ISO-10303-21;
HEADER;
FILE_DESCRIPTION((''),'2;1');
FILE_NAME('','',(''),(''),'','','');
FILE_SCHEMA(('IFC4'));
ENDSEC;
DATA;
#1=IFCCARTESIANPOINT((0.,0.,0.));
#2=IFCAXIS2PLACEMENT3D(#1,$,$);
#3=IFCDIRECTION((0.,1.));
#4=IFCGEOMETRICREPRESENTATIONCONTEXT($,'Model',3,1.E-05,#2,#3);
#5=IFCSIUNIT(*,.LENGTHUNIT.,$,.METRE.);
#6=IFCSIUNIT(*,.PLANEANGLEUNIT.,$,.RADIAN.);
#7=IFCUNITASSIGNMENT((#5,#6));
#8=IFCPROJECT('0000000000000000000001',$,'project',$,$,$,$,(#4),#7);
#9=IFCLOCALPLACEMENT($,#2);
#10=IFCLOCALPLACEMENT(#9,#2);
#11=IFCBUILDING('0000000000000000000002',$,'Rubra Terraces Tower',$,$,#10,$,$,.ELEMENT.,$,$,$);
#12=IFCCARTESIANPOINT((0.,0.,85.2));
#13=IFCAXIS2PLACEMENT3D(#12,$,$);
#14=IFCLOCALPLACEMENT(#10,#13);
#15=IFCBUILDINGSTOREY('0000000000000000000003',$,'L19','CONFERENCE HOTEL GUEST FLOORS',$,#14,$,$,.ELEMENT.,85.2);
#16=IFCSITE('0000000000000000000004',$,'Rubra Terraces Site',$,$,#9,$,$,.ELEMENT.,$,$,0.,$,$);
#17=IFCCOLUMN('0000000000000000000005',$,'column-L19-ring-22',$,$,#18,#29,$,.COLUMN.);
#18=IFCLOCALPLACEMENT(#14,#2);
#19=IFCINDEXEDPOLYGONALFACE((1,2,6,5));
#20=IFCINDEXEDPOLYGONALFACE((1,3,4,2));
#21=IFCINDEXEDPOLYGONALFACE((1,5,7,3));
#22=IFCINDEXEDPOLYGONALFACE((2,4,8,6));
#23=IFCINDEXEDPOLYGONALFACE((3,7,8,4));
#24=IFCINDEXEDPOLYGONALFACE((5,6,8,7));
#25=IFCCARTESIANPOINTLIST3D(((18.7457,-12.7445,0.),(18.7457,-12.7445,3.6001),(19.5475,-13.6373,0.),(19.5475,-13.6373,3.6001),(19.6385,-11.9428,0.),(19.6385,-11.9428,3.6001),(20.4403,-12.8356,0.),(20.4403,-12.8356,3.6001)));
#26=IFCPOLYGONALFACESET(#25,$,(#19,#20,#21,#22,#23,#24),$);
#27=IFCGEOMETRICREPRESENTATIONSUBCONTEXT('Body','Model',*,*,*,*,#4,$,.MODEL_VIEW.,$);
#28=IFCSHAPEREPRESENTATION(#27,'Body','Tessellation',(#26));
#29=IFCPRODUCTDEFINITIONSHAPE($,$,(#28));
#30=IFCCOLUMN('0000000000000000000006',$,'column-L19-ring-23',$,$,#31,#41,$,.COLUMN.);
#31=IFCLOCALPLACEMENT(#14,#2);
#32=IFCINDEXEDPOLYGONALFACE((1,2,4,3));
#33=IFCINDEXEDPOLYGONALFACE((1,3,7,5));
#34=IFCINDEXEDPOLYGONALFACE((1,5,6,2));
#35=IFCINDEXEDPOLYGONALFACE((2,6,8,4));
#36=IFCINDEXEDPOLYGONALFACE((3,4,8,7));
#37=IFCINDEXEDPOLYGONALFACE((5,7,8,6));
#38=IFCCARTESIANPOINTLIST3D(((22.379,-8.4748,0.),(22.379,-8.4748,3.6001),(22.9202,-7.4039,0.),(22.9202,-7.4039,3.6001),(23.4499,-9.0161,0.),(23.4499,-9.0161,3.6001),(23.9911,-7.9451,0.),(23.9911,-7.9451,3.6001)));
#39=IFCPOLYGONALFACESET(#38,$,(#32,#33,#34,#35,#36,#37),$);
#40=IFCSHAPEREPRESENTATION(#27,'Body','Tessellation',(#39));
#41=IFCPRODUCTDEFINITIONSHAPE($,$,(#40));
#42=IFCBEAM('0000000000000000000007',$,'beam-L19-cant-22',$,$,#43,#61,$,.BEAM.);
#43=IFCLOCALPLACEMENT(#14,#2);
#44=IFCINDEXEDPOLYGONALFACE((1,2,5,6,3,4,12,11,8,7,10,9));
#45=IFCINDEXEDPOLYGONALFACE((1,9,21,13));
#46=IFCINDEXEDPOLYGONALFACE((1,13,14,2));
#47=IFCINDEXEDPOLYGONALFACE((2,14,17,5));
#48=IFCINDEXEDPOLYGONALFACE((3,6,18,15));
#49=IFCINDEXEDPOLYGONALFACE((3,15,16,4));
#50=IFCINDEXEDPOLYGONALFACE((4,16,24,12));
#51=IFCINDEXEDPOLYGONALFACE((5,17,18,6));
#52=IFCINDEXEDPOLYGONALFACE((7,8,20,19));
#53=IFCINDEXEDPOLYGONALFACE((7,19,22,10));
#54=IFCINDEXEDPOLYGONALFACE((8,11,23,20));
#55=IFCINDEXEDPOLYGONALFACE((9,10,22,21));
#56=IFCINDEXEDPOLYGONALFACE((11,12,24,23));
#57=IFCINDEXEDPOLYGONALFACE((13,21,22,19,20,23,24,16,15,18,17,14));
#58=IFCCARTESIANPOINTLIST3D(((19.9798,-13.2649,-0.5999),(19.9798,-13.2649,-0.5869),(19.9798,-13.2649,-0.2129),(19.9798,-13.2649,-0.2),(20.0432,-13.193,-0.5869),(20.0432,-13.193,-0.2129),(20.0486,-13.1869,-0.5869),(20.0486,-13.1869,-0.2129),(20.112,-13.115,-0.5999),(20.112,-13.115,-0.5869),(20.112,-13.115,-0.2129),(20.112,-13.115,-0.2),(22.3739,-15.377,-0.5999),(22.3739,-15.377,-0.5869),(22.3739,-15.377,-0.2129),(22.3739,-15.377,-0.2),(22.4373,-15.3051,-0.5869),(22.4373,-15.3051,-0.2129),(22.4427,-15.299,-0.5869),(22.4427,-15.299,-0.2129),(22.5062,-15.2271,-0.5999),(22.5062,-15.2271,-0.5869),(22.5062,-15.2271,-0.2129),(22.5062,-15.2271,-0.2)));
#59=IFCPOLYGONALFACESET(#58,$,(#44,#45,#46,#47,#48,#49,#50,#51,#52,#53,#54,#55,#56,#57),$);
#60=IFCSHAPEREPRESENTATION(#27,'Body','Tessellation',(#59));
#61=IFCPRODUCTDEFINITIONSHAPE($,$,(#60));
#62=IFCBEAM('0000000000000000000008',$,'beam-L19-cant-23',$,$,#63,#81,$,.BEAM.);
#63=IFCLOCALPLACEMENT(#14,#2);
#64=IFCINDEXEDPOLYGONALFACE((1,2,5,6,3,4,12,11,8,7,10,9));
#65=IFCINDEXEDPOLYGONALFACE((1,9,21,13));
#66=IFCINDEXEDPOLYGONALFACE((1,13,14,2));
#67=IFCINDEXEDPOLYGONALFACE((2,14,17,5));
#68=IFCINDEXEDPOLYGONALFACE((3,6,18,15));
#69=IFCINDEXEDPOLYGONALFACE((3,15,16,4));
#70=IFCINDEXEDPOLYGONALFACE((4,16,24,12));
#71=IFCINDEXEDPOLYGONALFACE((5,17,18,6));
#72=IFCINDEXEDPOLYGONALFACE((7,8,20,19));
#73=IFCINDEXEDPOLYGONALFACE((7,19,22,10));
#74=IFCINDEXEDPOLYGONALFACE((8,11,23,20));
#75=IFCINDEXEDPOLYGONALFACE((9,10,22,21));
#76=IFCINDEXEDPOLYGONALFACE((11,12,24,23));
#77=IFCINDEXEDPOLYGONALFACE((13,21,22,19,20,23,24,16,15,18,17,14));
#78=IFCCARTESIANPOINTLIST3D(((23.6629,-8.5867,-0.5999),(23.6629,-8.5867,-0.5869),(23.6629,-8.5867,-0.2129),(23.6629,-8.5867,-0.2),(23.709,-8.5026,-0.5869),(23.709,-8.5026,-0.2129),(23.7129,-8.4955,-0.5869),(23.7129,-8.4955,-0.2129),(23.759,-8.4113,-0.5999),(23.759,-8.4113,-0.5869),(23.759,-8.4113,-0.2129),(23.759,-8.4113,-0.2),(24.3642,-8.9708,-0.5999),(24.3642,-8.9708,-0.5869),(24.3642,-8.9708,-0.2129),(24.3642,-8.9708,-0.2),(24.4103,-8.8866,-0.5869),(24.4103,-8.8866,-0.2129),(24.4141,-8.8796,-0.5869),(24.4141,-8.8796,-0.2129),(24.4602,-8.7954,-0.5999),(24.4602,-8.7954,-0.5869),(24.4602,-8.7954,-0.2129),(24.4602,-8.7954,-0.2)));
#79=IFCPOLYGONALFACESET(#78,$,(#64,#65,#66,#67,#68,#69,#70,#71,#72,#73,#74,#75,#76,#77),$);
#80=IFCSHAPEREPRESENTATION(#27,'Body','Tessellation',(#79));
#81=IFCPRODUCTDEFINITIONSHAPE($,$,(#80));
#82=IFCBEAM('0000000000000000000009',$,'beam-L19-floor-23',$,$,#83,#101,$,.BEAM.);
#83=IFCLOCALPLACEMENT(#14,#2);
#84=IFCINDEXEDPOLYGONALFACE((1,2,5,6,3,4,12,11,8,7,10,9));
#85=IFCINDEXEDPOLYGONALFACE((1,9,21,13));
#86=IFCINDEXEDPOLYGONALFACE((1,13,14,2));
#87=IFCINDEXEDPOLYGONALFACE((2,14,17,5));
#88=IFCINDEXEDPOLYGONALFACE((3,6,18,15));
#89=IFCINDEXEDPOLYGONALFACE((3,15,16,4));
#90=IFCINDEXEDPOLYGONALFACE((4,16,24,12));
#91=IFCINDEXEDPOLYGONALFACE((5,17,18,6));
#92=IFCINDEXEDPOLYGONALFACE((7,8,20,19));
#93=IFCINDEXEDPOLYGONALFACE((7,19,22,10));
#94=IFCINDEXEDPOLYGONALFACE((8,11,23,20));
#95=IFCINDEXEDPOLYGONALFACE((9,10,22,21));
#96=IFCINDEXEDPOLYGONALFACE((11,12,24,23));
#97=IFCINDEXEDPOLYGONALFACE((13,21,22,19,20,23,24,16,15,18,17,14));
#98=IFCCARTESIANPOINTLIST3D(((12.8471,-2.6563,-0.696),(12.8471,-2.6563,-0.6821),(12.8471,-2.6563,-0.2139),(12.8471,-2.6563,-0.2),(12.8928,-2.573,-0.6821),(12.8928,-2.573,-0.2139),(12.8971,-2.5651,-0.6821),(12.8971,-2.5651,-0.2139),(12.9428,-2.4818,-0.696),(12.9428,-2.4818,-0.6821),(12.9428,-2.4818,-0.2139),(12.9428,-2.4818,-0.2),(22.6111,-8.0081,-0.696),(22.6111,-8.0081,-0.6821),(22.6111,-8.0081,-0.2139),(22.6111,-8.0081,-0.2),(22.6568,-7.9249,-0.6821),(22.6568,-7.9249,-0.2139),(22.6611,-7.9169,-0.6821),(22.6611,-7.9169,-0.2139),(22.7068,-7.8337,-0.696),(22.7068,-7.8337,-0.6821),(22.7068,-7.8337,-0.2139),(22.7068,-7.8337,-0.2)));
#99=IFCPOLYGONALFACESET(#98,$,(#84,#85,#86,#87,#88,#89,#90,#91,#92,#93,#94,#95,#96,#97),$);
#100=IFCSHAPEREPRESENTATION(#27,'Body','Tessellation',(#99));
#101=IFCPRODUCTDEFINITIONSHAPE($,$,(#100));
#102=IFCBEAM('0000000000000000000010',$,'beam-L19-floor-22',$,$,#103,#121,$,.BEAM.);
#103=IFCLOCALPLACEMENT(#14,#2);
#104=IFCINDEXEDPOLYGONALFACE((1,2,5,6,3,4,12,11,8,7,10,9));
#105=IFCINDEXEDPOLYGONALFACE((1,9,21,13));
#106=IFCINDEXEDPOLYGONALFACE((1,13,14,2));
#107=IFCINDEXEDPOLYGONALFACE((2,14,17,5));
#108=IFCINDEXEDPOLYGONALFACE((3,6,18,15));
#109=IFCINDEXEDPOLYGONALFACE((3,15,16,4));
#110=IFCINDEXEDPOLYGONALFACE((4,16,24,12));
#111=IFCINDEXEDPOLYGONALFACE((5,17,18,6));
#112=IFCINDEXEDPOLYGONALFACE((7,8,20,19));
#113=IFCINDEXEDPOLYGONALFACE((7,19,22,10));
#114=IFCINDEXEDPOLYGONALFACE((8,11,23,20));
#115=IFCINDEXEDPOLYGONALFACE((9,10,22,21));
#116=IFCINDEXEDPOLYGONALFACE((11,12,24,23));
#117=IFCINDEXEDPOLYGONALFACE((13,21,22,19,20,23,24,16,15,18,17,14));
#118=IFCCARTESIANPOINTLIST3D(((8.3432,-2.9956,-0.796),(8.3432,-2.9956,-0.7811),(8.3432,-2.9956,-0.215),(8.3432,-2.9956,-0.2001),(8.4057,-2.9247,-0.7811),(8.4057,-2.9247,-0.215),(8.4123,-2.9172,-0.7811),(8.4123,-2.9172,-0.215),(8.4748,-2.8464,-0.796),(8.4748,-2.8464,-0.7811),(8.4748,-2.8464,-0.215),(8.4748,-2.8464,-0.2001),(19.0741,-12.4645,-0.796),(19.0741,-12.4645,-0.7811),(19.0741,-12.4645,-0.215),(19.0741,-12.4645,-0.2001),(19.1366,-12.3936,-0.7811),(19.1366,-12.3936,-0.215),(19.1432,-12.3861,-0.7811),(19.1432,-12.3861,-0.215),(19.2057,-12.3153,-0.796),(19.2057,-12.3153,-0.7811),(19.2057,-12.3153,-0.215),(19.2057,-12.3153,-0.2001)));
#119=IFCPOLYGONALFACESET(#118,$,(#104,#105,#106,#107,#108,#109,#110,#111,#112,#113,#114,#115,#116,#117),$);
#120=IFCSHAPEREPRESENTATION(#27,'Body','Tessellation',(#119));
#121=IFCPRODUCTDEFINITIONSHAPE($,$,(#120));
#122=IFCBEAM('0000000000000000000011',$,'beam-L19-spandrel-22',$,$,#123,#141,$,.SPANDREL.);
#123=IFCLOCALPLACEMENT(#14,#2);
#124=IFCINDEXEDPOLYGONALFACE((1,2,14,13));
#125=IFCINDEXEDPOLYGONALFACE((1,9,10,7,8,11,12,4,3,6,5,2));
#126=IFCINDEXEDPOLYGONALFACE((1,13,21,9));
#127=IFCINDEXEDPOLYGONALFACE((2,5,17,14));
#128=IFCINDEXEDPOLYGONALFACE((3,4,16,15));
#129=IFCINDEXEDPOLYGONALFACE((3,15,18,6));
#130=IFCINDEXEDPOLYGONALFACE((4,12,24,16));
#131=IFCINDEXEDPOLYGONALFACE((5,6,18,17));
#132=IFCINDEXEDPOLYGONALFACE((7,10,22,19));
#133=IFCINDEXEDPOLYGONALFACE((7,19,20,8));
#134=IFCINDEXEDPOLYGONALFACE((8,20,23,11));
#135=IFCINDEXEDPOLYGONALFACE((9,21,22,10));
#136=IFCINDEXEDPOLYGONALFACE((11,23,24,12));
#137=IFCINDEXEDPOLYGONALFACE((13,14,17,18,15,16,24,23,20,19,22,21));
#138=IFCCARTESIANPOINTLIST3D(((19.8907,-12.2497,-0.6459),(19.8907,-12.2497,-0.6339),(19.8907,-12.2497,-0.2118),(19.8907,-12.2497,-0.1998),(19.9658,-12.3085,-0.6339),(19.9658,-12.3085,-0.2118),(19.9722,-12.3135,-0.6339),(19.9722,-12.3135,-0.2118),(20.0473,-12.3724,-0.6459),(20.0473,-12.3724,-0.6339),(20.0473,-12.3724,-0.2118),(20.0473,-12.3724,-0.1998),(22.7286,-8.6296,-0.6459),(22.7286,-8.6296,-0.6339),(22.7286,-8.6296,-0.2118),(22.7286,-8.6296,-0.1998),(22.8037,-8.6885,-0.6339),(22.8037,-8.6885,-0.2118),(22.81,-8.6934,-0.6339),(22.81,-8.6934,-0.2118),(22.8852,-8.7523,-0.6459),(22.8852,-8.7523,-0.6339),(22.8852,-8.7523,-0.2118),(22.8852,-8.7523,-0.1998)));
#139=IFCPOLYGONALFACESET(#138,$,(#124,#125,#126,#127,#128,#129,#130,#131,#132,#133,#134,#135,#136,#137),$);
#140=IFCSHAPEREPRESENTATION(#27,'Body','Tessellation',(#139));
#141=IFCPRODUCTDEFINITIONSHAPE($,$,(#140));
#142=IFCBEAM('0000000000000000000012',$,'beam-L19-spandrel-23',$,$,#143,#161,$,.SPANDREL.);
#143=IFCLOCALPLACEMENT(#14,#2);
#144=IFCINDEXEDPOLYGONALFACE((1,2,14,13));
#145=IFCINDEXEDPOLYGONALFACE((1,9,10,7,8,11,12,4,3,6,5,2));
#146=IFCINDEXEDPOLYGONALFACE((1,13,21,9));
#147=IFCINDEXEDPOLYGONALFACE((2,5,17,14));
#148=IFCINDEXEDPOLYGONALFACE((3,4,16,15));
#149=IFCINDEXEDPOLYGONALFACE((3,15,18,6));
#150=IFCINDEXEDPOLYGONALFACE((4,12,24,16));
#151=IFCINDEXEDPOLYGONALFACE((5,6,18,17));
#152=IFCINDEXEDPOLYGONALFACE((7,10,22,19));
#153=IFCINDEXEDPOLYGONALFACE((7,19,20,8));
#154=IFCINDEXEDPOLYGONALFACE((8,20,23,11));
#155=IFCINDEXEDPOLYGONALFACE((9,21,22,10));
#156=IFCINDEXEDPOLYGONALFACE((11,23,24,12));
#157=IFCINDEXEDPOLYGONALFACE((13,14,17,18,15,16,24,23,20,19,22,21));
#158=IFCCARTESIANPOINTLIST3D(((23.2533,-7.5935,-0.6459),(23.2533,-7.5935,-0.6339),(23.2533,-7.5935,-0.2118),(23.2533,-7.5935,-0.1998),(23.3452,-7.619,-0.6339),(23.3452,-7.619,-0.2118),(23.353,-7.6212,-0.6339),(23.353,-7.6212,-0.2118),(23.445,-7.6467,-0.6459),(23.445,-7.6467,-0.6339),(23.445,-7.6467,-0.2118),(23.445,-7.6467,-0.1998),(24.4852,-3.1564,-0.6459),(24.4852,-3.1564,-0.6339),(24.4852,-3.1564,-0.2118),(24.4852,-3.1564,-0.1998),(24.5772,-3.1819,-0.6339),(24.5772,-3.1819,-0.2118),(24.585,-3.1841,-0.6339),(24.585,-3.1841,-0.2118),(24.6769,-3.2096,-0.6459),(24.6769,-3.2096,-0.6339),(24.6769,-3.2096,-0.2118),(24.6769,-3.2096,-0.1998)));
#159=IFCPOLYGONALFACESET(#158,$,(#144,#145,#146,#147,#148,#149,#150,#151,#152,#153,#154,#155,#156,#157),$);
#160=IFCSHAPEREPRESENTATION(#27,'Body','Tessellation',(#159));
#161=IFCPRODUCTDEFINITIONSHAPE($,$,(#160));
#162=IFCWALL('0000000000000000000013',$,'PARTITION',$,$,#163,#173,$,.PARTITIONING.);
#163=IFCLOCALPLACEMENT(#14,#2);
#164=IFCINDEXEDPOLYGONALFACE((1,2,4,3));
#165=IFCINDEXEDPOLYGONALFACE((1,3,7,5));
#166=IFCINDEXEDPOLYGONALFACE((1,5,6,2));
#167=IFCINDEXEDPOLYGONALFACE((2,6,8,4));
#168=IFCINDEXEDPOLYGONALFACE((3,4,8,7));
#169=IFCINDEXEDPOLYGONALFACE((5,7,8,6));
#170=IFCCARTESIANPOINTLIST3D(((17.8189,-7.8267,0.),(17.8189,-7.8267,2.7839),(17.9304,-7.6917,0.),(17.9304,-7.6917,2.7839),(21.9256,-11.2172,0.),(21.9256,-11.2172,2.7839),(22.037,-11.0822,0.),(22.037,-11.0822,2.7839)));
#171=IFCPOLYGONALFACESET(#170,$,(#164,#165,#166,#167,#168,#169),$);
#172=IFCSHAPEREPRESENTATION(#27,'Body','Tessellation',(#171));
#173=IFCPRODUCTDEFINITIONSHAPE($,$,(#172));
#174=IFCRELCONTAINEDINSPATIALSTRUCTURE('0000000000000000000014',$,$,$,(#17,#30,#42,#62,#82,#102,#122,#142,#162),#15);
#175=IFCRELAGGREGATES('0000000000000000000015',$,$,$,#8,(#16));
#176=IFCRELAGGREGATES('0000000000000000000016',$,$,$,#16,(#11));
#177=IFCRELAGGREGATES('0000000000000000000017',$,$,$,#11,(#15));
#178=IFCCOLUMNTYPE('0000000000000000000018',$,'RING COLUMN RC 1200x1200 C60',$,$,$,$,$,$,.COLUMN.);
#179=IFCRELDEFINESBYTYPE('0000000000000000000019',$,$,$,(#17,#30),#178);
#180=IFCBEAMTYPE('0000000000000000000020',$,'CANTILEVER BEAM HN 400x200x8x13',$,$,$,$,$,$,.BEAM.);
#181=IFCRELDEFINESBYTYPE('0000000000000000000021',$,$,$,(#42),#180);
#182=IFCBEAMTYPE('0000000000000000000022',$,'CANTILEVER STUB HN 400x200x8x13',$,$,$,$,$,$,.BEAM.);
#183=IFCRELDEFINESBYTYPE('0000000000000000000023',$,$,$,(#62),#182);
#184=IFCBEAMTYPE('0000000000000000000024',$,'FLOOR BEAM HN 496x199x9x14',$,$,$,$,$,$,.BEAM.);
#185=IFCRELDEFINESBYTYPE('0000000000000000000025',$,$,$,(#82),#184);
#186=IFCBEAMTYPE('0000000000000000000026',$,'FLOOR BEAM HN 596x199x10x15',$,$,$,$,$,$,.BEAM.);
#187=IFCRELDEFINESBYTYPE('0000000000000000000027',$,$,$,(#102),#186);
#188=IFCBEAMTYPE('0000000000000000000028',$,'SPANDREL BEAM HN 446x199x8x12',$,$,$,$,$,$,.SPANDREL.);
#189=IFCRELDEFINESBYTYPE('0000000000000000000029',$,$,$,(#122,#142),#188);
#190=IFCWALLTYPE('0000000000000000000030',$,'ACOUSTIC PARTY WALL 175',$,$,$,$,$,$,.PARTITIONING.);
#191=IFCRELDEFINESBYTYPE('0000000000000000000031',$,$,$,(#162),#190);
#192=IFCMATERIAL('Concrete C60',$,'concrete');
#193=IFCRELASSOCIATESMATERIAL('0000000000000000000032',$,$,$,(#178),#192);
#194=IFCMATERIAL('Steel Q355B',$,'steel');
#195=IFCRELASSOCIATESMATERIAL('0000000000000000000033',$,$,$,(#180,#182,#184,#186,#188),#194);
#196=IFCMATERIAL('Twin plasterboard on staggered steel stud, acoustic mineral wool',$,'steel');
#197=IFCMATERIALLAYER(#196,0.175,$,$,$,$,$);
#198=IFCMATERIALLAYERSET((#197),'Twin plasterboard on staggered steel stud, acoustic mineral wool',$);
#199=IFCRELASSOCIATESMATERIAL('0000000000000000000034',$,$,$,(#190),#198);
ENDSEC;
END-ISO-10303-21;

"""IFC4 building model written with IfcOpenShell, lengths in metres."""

from ifc_helpers import new_model, si_unit, direction, frame, frame_2d, origin, origin_2d, place, context, subcontext, project, spatial, rectangle, i_section, extrude, material, layer, layer_set, material_profile, profile_set, type_object, element, save


model = new_model("IFC4")

# Units and contexts
model_context = context("Model", 3, precision=1e-05, world=origin(), true_north=direction((0.0, 1.0)))
body_context = subcontext(model_context, "Body", "Model", "MODEL_VIEW")
ifc_project = project(units=[si_unit("LENGTHUNIT", "METRE"), si_unit("PLANEANGLEUNIT", "RADIAN")], contexts=[model_context])

# Site, building, storey
site_placement = place(None, origin())
site = spatial("IfcSite", under=ifc_project, at=site_placement, Name="Rubra Terraces Site", CompositionType="ELEMENT", RefElevation=0.0)
building_placement = place(site_placement, origin())
building = spatial("IfcBuilding", under=site, at=building_placement, Name="Rubra Terraces Tower", CompositionType="ELEMENT")
storey_placement = place(building_placement, frame((0.0, 0.0, 85.2)))
storey = spatial("IfcBuildingStorey", under=building, at=storey_placement, Name="L19", Description="CONFERENCE HOTEL GUEST FLOORS", CompositionType="ELEMENT", Elevation=85.2)

# Columns
ifc_material_1 = material(Name="Concrete C60", Category="concrete")
ifc_material_profile_1 = material_profile(ifc_material_1, rectangle(XDim=1.2, YDim=1.2, at=origin_2d()), Name="RC 1200x1200")
ifc_profile_set_1 = profile_set([ifc_material_profile_1], Name="Concrete C60")
column_type = type_object("IfcColumnType", Name="RING COLUMN RC 1200x1200 C60", PredefinedType="COLUMN", material=ifc_profile_set_1)
for number, where, z_axis, x_axis, name in (
    (1, (19.593, -12.79, 0.0), (0.0, 0.0, 1.0), (0.744021, 0.668156, 0.0), "column-L19-ring-22"),
    (2, (23.1851, -8.21, 0.0), (0.0, 0.0, 1.0), (0.451028, 0.89251, 0.0), "column-L19-ring-23"),
):
    element("IfcColumn", number, at=place(storey_placement, frame(where, z_axis=z_axis, x_axis=x_axis)), inside=storey, type_object=column_type, Name=name, PredefinedType="COLUMN", context=body_context, shape_type="SweptSolid", body=[
        extrude(rectangle(XDim=1.2, YDim=1.2, at=origin_2d()), origin(), (0.0, 0.0, 1.0), 3.6001),
    ])

# Beams
ifc_material_2 = material(Name="Steel Q355B", Category="steel")
ifc_material_profile_2 = material_profile(ifc_material_2, i_section(OverallWidth=0.2, OverallDepth=0.3999, WebThickness=0.0081, FlangeThickness=0.0129, at=origin_2d()), Name="HN 400x200x8x13")
ifc_profile_set_2 = profile_set([ifc_material_profile_2], Name="Steel Q355B")
beam_type_1 = type_object("IfcBeamType", Name="CANTILEVER BEAM HN 400x200x8x13", PredefinedType="BEAM", material=ifc_profile_set_2)
beam_1_placement = place(storey_placement, frame((20.0459, -13.1899, -0.3999), z_axis=(0.749889, -0.661563, 0.0), x_axis=(0.661563, 0.749889, 0.0)))
element("IfcBeam", 3, at=beam_1_placement, inside=storey, type_object=beam_type_1, Name="beam-L19-cant-22", PredefinedType="BEAM", context=body_context, shape_type="SweptSolid", body=[
    extrude(i_section(OverallWidth=0.2, OverallDepth=0.3999, WebThickness=0.0081, FlangeThickness=0.0129, at=origin_2d()), origin(), (0.0, 0.0, 1.0), 3.1926),
])
ifc_material_profile_3 = material_profile(ifc_material_2, i_section(OverallWidth=0.2, OverallDepth=0.3999, WebThickness=0.0081, FlangeThickness=0.0129, at=origin_2d()), Name="HN 400x200x8x13")
ifc_profile_set_3 = profile_set([ifc_material_profile_3], Name="Steel Q355B")
beam_type_2 = type_object("IfcBeamType", Name="CANTILEVER STUB HN 400x200x8x13", PredefinedType="BEAM", material=ifc_profile_set_3)
beam_2_placement = place(storey_placement, frame((23.7109, -8.499, -0.3999), z_axis=(0.877066, -0.480371, 0.0), x_axis=(0.480371, 0.877066, 0.0)))
element("IfcBeam", 4, at=beam_2_placement, inside=storey, type_object=beam_type_2, Name="beam-L19-cant-23", PredefinedType="BEAM", context=body_context, shape_type="SweptSolid", body=[
    extrude(i_section(OverallWidth=0.2, OverallDepth=0.3999, WebThickness=0.0081, FlangeThickness=0.0129, at=origin_2d()), origin(), (0.0, 0.0, 1.0), 0.7996),
])
ifc_material_profile_4 = material_profile(ifc_material_2, i_section(OverallWidth=0.199, OverallDepth=0.4961, WebThickness=0.009, FlangeThickness=0.0139, at=origin_2d()), Name="HN 496x199x9x14")
ifc_profile_set_4 = profile_set([ifc_material_profile_4], Name="Steel Q355B")
beam_type_3 = type_object("IfcBeamType", Name="FLOOR BEAM HN 496x199x9x14", PredefinedType="BEAM", material=ifc_profile_set_4)
beam_3_placement = place(storey_placement, frame((22.6589, -7.9209, -0.448), z_axis=(-0.876911, 0.480653, 0.0), x_axis=(-0.480653, -0.876911, 0.0)))
element("IfcBeam", 5, at=beam_3_placement, inside=storey, type_object=beam_type_3, Name="beam-L19-floor-23", PredefinedType="BEAM", context=body_context, shape_type="SweptSolid", body=[
    extrude(i_section(OverallWidth=0.199, OverallDepth=0.4961, WebThickness=0.009, FlangeThickness=0.0139, at=origin_2d()), origin(), (0.0, 0.0, 1.0), 11.1345),
])
ifc_material_profile_5 = material_profile(ifc_material_2, i_section(OverallWidth=0.199, OverallDepth=0.5959, WebThickness=0.01, FlangeThickness=0.0149, at=origin_2d()), Name="HN 596x199x10x15")
ifc_profile_set_5 = profile_set([ifc_material_profile_5], Name="Steel Q355B")
beam_type_4 = type_object("IfcBeamType", Name="FLOOR BEAM HN 596x199x10x15", PredefinedType="BEAM", material=ifc_profile_set_5)
beam_4_placement = place(storey_placement, frame((19.1399, -12.3899, -0.498), z_axis=(-0.74982, 0.661641, 0.0), x_axis=(-0.661641, -0.74982, 0.0)))
element("IfcBeam", 6, at=beam_4_placement, inside=storey, type_object=beam_type_4, Name="beam-L19-floor-22", PredefinedType="BEAM", context=body_context, shape_type="SweptSolid", body=[
    extrude(i_section(OverallWidth=0.199, OverallDepth=0.5959, WebThickness=0.01, FlangeThickness=0.0149, at=origin_2d()), origin(), (0.0, 0.0, 1.0), 14.3113),
])
ifc_material_profile_6 = material_profile(ifc_material_2, i_section(OverallWidth=0.199, OverallDepth=0.446, WebThickness=0.0081, FlangeThickness=0.012, at=origin_2d()), Name="HN 446x199x8x12")
ifc_profile_set_6 = profile_set([ifc_material_profile_6], Name="Steel Q355B")
beam_type_5 = type_object("IfcBeamType", Name="SPANDREL BEAM HN 446x199x8x12", PredefinedType="SPANDREL", material=ifc_profile_set_6)
beam_5_placement = place(storey_placement, frame((19.969, -12.311, -0.4229), z_axis=(0.616949, 0.787003, 0.0), x_axis=(-0.787003, 0.616949, 0.0)))
element("IfcBeam", 7, at=beam_5_placement, inside=storey, type_object=beam_type_5, Name="beam-L19-spandrel-22", PredefinedType="SPANDREL", context=body_context, shape_type="SweptSolid", body=[
    extrude(i_section(OverallWidth=0.199, OverallDepth=0.446, WebThickness=0.0081, FlangeThickness=0.012, at=origin_2d()), origin(), (0.0, 0.0, 1.0), 4.5999),
])
beam_6_placement = place(storey_placement, frame((23.3491, -7.6201, -0.4229), z_axis=(0.267529, 0.96355, 0.0), x_axis=(-0.96355, 0.267529, 0.0)))
element("IfcBeam", 8, at=beam_6_placement, inside=storey, type_object=beam_type_5, Name="beam-L19-spandrel-23", PredefinedType="SPANDREL", context=body_context, shape_type="SweptSolid", body=[
    extrude(i_section(OverallWidth=0.199, OverallDepth=0.446, WebThickness=0.0081, FlangeThickness=0.012, at=origin_2d()), origin(), (0.0, 0.0, 1.0), 4.605),
])

# Wall
ifc_material_3 = material(Name="Twin plasterboard on staggered steel stud, acoustic mineral wool", Category="steel")
ifc_layer_1 = layer(ifc_material_3, 0.175)
ifc_layer_set_1 = layer_set([ifc_layer_1], Name="Twin plasterboard on staggered steel stud, acoustic mineral wool")
wall_type_1 = type_object("IfcWallType", Name="ACOUSTIC PARTY WALL 175", PredefinedType="PARTITIONING", material=ifc_layer_set_1)
wall_1_placement = place(storey_placement, frame((21.9812, -11.1497, 0.0), z_axis=(0.0, 0.0, 1.0), x_axis=(-0.771133, 0.636674, 0.0)))
element("IfcWall", 9, at=wall_1_placement, inside=storey, type_object=wall_type_1, Name="PARTITION", PredefinedType="PARTITIONING", context=body_context, shape_type="SweptSolid", body=[
    extrude(rectangle(XDim=5.3254, YDim=0.175, at=frame_2d((2.6626, 0.0))), origin(), (0.0, 0.0, 1.0), 2.7839),
])

save(model, "model.ifc")
